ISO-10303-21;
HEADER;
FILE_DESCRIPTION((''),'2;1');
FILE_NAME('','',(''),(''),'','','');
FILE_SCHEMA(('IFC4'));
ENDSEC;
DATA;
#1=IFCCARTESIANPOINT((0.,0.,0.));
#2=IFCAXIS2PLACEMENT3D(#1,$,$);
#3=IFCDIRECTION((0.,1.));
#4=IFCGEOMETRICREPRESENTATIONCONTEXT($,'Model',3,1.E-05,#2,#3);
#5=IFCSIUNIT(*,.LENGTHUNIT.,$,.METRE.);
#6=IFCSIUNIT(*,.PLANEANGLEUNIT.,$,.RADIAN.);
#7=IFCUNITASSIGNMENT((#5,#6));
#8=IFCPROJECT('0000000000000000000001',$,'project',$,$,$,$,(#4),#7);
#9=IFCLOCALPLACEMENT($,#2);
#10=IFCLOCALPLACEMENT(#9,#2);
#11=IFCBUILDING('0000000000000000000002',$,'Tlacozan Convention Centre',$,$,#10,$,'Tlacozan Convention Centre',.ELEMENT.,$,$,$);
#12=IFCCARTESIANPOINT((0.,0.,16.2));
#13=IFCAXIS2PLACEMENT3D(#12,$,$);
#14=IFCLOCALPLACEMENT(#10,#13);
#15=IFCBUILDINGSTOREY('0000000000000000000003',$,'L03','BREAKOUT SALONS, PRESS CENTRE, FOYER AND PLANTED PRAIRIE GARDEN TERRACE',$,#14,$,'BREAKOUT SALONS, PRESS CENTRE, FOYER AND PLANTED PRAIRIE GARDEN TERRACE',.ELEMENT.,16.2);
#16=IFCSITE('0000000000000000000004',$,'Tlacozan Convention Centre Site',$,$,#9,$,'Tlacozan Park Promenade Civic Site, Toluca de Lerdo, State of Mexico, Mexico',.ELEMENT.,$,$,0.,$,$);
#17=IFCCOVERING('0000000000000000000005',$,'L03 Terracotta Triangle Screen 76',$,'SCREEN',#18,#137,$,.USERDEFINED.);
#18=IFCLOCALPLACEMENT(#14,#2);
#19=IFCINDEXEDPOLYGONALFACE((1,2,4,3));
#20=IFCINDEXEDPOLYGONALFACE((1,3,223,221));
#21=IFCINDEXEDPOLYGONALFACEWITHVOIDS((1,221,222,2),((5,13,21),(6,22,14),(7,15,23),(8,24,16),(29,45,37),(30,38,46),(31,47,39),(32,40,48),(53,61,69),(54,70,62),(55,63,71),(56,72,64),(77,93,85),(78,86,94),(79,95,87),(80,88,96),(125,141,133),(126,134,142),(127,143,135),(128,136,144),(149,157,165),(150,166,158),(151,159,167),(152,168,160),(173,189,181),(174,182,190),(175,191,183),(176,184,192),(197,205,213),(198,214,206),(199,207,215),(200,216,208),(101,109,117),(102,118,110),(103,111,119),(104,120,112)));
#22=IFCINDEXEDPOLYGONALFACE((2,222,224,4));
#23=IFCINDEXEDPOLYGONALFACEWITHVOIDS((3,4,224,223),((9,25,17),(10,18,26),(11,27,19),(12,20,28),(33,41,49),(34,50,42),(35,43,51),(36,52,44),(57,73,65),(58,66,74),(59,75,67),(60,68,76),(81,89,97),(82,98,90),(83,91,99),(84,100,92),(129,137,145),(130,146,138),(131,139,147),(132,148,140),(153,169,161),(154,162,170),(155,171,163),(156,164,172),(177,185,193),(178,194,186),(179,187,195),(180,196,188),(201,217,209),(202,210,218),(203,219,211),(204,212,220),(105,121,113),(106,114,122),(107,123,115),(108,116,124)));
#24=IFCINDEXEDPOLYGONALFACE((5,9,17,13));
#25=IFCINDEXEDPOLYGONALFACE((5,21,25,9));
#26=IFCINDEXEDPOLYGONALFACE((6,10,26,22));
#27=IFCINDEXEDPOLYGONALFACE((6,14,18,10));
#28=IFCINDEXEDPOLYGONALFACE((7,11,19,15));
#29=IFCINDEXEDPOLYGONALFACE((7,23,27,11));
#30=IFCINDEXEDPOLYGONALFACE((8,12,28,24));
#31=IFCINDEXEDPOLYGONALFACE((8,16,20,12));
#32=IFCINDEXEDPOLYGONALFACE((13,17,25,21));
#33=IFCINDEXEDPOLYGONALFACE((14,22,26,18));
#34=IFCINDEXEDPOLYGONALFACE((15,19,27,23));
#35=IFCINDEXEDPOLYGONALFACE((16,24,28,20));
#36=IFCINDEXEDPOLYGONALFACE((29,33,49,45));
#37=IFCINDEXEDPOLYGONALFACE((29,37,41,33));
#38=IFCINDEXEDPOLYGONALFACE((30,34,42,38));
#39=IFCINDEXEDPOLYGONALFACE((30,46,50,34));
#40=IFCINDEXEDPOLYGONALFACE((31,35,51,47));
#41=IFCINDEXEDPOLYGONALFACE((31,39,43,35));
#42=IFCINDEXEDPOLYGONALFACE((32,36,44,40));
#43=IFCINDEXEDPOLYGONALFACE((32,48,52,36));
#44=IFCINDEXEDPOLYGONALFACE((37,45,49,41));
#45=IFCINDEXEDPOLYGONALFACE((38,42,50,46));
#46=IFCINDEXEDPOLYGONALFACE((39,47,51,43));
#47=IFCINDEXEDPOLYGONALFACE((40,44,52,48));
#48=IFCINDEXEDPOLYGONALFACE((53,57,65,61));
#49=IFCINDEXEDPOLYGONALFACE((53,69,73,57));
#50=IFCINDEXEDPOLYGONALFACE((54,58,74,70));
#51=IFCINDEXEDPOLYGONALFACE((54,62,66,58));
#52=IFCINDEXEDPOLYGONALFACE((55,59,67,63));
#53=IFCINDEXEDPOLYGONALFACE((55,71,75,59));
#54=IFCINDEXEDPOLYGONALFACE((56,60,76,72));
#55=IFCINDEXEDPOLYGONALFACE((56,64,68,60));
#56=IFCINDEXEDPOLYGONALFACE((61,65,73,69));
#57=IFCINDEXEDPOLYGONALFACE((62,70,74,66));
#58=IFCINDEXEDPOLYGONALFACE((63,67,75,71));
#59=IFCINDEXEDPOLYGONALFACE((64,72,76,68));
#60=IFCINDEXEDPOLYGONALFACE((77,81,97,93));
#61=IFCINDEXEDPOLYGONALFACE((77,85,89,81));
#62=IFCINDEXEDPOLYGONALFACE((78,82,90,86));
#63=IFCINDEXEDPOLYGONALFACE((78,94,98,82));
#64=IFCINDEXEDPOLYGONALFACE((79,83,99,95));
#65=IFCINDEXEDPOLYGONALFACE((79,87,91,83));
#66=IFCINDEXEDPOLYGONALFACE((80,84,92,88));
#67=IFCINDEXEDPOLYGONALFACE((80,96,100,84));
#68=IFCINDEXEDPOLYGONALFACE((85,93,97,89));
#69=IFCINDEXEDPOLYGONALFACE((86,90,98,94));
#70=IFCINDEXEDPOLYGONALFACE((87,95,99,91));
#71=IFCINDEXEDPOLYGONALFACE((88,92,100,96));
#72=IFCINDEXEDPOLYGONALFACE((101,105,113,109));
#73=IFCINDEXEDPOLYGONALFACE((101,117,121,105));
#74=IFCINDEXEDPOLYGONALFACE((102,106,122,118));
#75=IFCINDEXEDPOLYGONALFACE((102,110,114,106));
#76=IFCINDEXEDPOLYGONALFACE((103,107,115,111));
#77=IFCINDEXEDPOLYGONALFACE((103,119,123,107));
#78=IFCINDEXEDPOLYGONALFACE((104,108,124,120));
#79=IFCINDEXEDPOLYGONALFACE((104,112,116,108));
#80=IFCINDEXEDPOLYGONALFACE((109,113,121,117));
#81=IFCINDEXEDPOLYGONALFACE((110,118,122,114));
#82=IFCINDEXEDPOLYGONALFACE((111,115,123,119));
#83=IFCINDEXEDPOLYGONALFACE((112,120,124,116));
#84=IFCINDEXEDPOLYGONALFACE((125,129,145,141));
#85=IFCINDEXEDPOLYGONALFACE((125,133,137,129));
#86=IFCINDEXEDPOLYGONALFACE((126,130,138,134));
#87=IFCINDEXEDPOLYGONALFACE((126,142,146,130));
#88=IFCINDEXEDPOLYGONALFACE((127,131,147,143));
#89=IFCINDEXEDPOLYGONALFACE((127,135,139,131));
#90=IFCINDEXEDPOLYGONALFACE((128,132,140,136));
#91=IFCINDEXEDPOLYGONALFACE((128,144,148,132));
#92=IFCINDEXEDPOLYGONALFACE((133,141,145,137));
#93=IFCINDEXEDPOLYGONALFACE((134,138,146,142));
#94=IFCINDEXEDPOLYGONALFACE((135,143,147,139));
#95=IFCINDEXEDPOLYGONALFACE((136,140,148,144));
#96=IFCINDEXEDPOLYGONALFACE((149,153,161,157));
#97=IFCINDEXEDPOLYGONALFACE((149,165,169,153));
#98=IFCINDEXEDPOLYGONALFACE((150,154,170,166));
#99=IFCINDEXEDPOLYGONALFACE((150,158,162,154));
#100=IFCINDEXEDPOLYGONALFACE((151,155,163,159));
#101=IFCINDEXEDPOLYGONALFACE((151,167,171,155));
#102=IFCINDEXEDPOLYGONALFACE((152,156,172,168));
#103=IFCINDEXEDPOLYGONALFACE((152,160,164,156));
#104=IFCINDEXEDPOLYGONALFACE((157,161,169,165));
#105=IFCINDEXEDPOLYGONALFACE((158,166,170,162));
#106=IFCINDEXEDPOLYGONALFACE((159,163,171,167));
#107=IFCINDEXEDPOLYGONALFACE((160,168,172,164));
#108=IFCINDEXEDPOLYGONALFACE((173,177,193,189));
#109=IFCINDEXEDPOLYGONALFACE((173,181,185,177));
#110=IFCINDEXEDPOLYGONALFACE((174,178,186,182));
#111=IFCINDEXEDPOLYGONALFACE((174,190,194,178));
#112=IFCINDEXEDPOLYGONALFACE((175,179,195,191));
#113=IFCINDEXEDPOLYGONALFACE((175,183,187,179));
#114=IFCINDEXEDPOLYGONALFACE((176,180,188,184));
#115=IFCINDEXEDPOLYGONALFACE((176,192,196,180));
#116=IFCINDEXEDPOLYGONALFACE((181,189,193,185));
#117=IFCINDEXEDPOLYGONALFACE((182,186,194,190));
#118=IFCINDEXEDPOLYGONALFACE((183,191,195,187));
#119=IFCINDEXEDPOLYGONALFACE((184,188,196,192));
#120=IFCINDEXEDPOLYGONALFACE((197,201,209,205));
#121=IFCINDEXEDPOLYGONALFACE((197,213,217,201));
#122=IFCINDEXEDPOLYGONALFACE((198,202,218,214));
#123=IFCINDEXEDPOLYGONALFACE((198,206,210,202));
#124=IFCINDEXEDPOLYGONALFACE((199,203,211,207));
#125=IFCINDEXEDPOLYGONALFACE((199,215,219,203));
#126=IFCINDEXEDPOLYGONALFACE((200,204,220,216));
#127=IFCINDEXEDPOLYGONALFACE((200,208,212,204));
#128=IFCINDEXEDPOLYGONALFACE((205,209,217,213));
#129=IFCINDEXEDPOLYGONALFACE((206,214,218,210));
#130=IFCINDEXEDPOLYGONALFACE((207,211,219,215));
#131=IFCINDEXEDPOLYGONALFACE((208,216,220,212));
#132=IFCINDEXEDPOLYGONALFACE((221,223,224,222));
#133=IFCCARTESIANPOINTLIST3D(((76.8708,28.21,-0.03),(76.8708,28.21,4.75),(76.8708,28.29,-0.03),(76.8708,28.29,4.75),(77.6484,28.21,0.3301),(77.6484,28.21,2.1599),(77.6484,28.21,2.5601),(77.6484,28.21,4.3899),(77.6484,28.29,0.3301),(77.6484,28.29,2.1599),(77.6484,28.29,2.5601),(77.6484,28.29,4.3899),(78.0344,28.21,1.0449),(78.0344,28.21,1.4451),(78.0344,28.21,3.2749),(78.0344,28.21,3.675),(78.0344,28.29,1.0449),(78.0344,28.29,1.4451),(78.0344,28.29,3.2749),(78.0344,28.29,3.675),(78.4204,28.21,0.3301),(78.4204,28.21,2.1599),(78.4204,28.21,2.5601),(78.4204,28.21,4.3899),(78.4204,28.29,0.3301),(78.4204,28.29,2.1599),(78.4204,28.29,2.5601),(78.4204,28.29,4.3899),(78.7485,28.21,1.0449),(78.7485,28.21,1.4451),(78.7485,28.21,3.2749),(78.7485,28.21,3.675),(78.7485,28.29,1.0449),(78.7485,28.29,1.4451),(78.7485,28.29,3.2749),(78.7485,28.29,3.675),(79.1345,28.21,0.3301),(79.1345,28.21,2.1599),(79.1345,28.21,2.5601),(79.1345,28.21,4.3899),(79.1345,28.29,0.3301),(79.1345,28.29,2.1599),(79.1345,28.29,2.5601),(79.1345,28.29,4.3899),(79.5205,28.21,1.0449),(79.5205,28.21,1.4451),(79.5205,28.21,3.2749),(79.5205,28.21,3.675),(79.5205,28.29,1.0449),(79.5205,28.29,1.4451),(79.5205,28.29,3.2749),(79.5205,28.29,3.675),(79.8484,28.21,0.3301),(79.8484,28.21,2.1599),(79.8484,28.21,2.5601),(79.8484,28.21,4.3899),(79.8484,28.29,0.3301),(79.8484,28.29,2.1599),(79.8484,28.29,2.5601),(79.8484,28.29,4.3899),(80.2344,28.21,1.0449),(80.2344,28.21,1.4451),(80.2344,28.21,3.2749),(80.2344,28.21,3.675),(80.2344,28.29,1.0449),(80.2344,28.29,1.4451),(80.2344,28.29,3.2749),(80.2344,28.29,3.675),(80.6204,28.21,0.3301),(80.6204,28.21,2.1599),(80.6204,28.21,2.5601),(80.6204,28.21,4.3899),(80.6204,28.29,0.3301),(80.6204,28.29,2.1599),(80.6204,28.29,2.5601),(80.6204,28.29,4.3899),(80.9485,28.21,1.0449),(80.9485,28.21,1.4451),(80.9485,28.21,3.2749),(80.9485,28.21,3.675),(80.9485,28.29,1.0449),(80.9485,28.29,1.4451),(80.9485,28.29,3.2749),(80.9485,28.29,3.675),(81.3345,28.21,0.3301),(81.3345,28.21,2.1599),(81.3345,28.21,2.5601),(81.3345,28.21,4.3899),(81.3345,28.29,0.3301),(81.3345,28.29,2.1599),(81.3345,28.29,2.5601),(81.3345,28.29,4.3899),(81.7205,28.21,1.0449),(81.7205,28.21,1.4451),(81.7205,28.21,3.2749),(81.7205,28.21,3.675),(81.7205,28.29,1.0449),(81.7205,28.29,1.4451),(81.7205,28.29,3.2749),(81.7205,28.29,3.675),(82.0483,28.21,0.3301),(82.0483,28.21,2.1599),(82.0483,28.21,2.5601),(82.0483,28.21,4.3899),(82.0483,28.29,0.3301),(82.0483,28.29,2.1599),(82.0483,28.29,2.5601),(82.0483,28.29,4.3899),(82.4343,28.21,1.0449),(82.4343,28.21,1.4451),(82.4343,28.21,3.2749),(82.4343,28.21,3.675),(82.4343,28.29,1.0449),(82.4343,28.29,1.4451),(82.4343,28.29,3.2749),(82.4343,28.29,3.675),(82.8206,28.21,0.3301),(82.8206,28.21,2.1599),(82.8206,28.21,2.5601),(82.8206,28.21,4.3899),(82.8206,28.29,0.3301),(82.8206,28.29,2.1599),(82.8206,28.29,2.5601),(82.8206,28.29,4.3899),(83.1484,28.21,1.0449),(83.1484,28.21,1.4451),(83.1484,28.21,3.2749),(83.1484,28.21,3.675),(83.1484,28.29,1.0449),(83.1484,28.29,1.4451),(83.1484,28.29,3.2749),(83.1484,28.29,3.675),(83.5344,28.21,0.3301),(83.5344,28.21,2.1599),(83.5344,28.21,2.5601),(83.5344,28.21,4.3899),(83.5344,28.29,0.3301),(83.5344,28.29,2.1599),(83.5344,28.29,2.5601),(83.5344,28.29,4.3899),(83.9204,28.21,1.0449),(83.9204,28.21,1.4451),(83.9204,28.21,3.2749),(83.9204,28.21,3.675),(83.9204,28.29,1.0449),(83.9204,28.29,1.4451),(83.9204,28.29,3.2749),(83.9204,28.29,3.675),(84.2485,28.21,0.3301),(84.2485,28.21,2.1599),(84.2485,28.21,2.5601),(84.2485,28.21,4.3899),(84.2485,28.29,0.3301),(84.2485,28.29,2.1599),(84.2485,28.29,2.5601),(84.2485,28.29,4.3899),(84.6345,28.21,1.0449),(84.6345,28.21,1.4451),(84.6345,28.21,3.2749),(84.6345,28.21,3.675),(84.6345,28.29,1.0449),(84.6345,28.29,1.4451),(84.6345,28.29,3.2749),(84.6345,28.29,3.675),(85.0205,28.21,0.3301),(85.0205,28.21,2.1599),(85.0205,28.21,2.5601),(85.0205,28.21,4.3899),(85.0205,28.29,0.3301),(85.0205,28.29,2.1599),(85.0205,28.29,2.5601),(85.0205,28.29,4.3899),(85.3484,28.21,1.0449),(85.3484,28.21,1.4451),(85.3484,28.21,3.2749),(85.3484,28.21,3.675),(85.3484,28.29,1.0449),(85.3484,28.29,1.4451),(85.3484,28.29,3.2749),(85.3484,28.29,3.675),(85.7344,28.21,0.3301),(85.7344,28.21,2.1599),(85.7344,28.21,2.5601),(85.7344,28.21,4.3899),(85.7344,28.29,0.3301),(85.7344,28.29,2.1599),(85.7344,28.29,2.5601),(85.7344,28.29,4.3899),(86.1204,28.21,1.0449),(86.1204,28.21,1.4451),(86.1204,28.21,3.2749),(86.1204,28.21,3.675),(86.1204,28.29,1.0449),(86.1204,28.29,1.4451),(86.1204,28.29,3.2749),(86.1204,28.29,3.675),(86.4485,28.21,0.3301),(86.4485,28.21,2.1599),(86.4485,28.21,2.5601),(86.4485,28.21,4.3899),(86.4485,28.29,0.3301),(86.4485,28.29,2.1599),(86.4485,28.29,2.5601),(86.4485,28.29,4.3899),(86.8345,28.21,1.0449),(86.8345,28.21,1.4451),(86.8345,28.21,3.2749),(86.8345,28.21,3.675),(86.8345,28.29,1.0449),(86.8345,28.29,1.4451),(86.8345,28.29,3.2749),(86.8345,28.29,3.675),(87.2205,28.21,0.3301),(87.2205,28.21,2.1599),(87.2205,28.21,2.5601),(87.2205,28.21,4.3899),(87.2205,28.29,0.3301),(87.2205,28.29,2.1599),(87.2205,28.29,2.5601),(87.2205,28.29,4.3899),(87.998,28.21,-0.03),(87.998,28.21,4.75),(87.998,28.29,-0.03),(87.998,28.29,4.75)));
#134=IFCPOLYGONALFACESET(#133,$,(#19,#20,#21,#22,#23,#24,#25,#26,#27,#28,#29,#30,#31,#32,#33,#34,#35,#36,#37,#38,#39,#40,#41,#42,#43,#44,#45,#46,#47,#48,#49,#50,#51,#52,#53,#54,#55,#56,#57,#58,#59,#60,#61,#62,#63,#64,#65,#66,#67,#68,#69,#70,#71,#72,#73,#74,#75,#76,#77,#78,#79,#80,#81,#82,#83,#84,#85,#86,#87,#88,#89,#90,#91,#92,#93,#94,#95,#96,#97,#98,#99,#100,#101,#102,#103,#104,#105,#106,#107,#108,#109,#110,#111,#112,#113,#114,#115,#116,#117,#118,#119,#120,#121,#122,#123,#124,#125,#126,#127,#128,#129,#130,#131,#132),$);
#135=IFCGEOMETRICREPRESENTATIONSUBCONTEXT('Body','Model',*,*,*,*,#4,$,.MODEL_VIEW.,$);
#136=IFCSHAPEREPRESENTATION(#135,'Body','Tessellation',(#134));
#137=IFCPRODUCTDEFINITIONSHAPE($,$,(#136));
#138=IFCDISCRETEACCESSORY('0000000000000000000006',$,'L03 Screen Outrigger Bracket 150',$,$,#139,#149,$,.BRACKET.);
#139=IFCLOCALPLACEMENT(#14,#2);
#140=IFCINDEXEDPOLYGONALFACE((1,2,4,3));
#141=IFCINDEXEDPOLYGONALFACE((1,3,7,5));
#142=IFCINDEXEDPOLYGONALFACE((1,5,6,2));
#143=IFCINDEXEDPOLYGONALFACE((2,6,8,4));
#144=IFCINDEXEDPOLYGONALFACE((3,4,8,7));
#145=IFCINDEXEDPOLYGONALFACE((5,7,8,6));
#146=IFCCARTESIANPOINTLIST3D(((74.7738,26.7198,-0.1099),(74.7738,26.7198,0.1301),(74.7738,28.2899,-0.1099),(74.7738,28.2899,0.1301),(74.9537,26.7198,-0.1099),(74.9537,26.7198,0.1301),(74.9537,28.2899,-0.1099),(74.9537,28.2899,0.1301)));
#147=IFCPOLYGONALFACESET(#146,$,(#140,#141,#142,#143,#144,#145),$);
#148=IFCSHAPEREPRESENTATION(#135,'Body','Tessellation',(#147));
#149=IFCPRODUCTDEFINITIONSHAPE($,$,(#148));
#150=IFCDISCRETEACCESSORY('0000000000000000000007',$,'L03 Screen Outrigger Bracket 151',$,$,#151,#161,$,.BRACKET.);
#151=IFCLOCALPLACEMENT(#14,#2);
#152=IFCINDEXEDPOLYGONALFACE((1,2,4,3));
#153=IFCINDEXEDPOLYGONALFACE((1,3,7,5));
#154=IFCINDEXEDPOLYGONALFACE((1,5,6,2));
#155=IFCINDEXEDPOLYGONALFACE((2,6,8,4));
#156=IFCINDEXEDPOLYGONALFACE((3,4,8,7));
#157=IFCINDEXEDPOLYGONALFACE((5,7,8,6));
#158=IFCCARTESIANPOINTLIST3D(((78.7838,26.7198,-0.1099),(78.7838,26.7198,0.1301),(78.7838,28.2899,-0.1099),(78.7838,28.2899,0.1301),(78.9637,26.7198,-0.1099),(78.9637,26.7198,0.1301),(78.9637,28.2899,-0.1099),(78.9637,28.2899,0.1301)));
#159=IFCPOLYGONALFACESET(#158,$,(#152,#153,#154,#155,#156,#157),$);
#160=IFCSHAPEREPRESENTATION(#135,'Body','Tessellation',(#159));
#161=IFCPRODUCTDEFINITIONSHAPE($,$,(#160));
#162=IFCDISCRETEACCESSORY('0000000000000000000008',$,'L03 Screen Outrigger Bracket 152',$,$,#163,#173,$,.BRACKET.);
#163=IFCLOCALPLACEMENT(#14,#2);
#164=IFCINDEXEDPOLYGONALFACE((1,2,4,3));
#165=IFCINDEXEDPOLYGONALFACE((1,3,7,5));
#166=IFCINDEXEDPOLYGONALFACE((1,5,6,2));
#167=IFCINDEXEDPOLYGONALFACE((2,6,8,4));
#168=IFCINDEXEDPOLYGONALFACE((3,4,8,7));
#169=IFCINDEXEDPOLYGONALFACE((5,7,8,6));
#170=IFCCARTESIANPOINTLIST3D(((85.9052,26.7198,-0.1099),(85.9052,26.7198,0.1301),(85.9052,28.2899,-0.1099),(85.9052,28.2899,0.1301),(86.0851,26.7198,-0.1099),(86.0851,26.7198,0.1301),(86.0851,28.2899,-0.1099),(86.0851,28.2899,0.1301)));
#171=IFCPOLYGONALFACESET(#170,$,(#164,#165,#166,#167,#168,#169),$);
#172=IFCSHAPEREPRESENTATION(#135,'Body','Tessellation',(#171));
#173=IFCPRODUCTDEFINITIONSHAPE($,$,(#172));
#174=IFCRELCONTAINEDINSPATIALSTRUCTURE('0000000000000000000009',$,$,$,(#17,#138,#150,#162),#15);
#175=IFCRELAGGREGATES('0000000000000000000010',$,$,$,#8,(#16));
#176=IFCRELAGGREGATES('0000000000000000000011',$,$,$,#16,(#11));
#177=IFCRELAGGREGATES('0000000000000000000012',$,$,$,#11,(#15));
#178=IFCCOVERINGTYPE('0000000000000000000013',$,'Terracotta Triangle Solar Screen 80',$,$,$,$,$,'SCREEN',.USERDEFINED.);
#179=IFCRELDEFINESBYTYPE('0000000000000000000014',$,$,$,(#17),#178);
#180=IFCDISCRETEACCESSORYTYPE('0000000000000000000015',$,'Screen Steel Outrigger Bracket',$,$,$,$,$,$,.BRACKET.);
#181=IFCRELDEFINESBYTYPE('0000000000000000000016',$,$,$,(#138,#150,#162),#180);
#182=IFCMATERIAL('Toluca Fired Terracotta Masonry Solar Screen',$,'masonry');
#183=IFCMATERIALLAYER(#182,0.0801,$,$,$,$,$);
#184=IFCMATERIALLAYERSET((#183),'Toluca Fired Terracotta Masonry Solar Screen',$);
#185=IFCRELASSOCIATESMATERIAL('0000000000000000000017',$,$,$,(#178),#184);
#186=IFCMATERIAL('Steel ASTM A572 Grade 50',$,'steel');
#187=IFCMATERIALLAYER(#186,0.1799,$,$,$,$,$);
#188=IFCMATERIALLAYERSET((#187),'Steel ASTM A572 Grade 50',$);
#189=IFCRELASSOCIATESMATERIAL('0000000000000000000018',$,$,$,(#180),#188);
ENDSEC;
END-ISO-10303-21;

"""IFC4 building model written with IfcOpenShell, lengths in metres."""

from ifc_helpers import new_model, si_unit, direction, frame, origin, origin_2d, place, context, subcontext, project, spatial, polyline, rectangle, outline, extrude, material, layer, layer_set, type_object, element, save


model = new_model("IFC4")

# Units and contexts
model_context = context("Model", 3, precision=1e-05, world=origin(), true_north=direction((0.0, 1.0)))
body_context = subcontext(model_context, "Body", "Model", "MODEL_VIEW")
ifc_project = project(units=[si_unit("LENGTHUNIT", "METRE"), si_unit("PLANEANGLEUNIT", "RADIAN")], contexts=[model_context])

# Site, building, storey
site_placement = place(None, origin())
site = spatial("IfcSite", under=ifc_project, at=site_placement, Name="Tlacozan Convention Centre Site", LongName="Tlacozan Park Promenade Civic Site, Toluca de Lerdo, State of Mexico, Mexico", CompositionType="ELEMENT", RefElevation=0.0)
building_placement = place(site_placement, origin())
building = spatial("IfcBuilding", under=site, at=building_placement, Name="Tlacozan Convention Centre", LongName="Tlacozan Convention Centre", CompositionType="ELEMENT")
storey_placement = place(building_placement, frame((0.0, 0.0, 16.2)))
storey = spatial("IfcBuildingStorey", under=building, at=storey_placement, Name="L03", Description="BREAKOUT SALONS, PRESS CENTRE, FOYER AND PLANTED PRAIRIE GARDEN TERRACE", LongName="BREAKOUT SALONS, PRESS CENTRE, FOYER AND PLANTED PRAIRIE GARDEN TERRACE", CompositionType="ELEMENT", Elevation=16.2)

# Covering
ifc_material_1 = material(Name="Toluca Fired Terracotta Masonry Solar Screen", Category="masonry")
ifc_layer_1 = layer(ifc_material_1, 0.0801)
ifc_layer_set_1 = layer_set([ifc_layer_1], Name="Toluca Fired Terracotta Masonry Solar Screen")
covering_type = type_object("IfcCoveringType", Name="Terracotta Triangle Solar Screen 80", ElementType="SCREEN", PredefinedType="USERDEFINED", material=ifc_layer_set_1)
covering_placement = place(storey_placement, frame((76.8708, 28.25, -0.03), z_axis=(0.0, 0.0, 1.0), x_axis=(1.0, 0.0, 0.0)))
element("IfcCovering", 1, at=covering_placement, inside=storey, type_object=covering_type, Name="L03 Terracotta Triangle Screen 76", ObjectType="SCREEN", PredefinedType="USERDEFINED", context=body_context, shape_type="SweptSolid", body=[
    extrude(outline(polyline([(0.0, 0.0), (11.1272, 0.0), (11.1272, 4.78), (0.0, 4.78), (0.0, 0.0)]), holes=[polyline([(0.7776, 0.3601), (1.5496, 0.3601), (1.1636, 1.075), (0.7776, 0.3601)]), polyline([(1.8777, 1.075), (2.6497, 1.075), (2.2637, 0.3601), (1.8777, 1.075)]), polyline([(2.9775, 0.3601), (3.7495, 0.3601), (3.3635, 1.075), (2.9775, 0.3601)]), polyline([(4.0776, 1.075), (4.8496, 1.075), (4.4636, 0.3601), (4.0776, 1.075)]), polyline([(5.1775, 0.3601), (5.9497, 0.3601), (5.5635, 1.075), (5.1775, 0.3601)]), polyline([(6.2776, 1.075), (7.0496, 1.075), (6.6636, 0.3601), (6.2776, 1.075)]), polyline([(7.3777, 0.3601), (8.1497, 0.3601), (7.7637, 1.075), (7.3777, 0.3601)]), polyline([(8.4775, 1.075), (9.2495, 1.075), (8.8635, 0.3601), (8.4775, 1.075)]), polyline([(9.5776, 0.3601), (10.3496, 0.3601), (9.9636, 1.075), (9.5776, 0.3601)]), polyline([(0.7776, 2.1899), (1.5496, 2.1899), (1.1636, 1.4751), (0.7776, 2.1899)]), polyline([(1.8777, 1.4751), (2.6497, 1.4751), (2.2637, 2.1899), (1.8777, 1.4751)]), polyline([(2.9775, 2.1899), (3.7495, 2.1899), (3.3635, 1.4751), (2.9775, 2.1899)]), polyline([(4.0776, 1.4751), (4.8496, 1.4751), (4.4636, 2.1899), (4.0776, 1.4751)]), polyline([(5.1775, 2.1899), (5.9497, 2.1899), (5.5635, 1.4751), (5.1775, 2.1899)]), polyline([(6.2776, 1.4751), (7.0496, 1.4751), (6.6636, 2.1899), (6.2776, 1.4751)]), polyline([(7.3777, 2.1899), (8.1497, 2.1899), (7.7637, 1.4751), (7.3777, 2.1899)]), polyline([(8.4775, 1.4751), (9.2495, 1.4751), (8.8635, 2.1899), (8.4775, 1.4751)]), polyline([(9.5776, 2.1899), (10.3496, 2.1899), (9.9636, 1.4751), (9.5776, 2.1899)]), polyline([(0.7776, 2.5901), (1.5496, 2.5901), (1.1636, 3.3049), (0.7776, 2.5901)]), polyline([(1.8777, 3.3049), (2.6497, 3.3049), (2.2637, 2.5901), (1.8777, 3.3049)]), polyline([(2.9775, 2.5901), (3.7495, 2.5901), (3.3635, 3.3049), (2.9775, 2.5901)]), polyline([(4.0776, 3.3049), (4.8496, 3.3049), (4.4636, 2.5901), (4.0776, 3.3049)]), polyline([(5.1775, 2.5901), (5.9497, 2.5901), (5.5635, 3.3049), (5.1775, 2.5901)]), polyline([(6.2776, 3.3049), (7.0496, 3.3049), (6.6636, 2.5901), (6.2776, 3.3049)]), polyline([(7.3777, 2.5901), (8.1497, 2.5901), (7.7637, 3.3049), (7.3777, 2.5901)]), polyline([(8.4775, 3.3049), (9.2495, 3.3049), (8.8635, 2.5901), (8.4775, 3.3049)]), polyline([(9.5776, 2.5901), (10.3496, 2.5901), (9.9636, 3.3049), (9.5776, 2.5901)]), polyline([(0.7776, 4.4199), (1.5496, 4.4199), (1.1636, 3.7051), (0.7776, 4.4199)]), polyline([(1.8777, 3.7051), (2.6497, 3.7051), (2.2637, 4.4199), (1.8777, 3.7051)]), polyline([(2.9775, 4.4199), (3.7495, 4.4199), (3.3635, 3.7051), (2.9775, 4.4199)]), polyline([(4.0776, 3.7051), (4.8496, 3.7051), (4.4636, 4.4199), (4.0776, 3.7051)]), polyline([(5.1775, 4.4199), (5.9497, 4.4199), (5.5635, 3.7051), (5.1775, 4.4199)]), polyline([(6.2776, 3.7051), (7.0496, 3.7051), (6.6636, 4.4199), (6.2776, 3.7051)]), polyline([(7.3777, 4.4199), (8.1497, 4.4199), (7.7637, 3.7051), (7.3777, 4.4199)]), polyline([(8.4775, 3.7051), (9.2495, 3.7051), (8.8635, 4.4199), (8.4775, 3.7051)]), polyline([(9.5776, 4.4199), (10.3496, 4.4199), (9.9636, 3.7051), (9.5776, 4.4199)])]), frame((0.0, 0.04, 0.0), z_axis=(0.0, -1.0, 0.0), x_axis=(1.0, 0.0, 0.0)), (0.0, 0.0, 1.0), 0.0801),
])

# Discrete accessories
ifc_material_2 = material(Name="Steel ASTM A572 Grade 50", Category="steel")
ifc_layer_2 = layer(ifc_material_2, 0.1799)
ifc_layer_set_2 = layer_set([ifc_layer_2], Name="Steel ASTM A572 Grade 50")
discrete_accessory_type = type_object("IfcDiscreteAccessoryType", Name="Screen Steel Outrigger Bracket", PredefinedType="BRACKET", material=ifc_layer_set_2)
for number, where, z_axis, x_axis, name in (
    (2, (74.8638, 27.5049, -0.1099), (0.0, 0.0, 1.0), (0.0, -1.0, 0.0), "L03 Screen Outrigger Bracket 150"),
    (3, (78.8738, 27.5049, -0.1099), (0.0, 0.0, 1.0), (0.0, -1.0, 0.0), "L03 Screen Outrigger Bracket 151"),
    (4, (85.9951, 27.5049, -0.1099), (0.0, 0.0, 1.0), (0.0, -1.0, 0.0), "L03 Screen Outrigger Bracket 152"),
):
    element("IfcDiscreteAccessory", number, at=place(storey_placement, frame(where, z_axis=z_axis, x_axis=x_axis)), inside=storey, type_object=discrete_accessory_type, Name=name, PredefinedType="BRACKET", context=body_context, shape_type="SweptSolid", body=[
        extrude(rectangle(XDim=1.5701, YDim=0.1799, at=origin_2d()), origin(), (0.0, 0.0, 1.0), 0.24),
    ])

save(model, "model.ifc")
